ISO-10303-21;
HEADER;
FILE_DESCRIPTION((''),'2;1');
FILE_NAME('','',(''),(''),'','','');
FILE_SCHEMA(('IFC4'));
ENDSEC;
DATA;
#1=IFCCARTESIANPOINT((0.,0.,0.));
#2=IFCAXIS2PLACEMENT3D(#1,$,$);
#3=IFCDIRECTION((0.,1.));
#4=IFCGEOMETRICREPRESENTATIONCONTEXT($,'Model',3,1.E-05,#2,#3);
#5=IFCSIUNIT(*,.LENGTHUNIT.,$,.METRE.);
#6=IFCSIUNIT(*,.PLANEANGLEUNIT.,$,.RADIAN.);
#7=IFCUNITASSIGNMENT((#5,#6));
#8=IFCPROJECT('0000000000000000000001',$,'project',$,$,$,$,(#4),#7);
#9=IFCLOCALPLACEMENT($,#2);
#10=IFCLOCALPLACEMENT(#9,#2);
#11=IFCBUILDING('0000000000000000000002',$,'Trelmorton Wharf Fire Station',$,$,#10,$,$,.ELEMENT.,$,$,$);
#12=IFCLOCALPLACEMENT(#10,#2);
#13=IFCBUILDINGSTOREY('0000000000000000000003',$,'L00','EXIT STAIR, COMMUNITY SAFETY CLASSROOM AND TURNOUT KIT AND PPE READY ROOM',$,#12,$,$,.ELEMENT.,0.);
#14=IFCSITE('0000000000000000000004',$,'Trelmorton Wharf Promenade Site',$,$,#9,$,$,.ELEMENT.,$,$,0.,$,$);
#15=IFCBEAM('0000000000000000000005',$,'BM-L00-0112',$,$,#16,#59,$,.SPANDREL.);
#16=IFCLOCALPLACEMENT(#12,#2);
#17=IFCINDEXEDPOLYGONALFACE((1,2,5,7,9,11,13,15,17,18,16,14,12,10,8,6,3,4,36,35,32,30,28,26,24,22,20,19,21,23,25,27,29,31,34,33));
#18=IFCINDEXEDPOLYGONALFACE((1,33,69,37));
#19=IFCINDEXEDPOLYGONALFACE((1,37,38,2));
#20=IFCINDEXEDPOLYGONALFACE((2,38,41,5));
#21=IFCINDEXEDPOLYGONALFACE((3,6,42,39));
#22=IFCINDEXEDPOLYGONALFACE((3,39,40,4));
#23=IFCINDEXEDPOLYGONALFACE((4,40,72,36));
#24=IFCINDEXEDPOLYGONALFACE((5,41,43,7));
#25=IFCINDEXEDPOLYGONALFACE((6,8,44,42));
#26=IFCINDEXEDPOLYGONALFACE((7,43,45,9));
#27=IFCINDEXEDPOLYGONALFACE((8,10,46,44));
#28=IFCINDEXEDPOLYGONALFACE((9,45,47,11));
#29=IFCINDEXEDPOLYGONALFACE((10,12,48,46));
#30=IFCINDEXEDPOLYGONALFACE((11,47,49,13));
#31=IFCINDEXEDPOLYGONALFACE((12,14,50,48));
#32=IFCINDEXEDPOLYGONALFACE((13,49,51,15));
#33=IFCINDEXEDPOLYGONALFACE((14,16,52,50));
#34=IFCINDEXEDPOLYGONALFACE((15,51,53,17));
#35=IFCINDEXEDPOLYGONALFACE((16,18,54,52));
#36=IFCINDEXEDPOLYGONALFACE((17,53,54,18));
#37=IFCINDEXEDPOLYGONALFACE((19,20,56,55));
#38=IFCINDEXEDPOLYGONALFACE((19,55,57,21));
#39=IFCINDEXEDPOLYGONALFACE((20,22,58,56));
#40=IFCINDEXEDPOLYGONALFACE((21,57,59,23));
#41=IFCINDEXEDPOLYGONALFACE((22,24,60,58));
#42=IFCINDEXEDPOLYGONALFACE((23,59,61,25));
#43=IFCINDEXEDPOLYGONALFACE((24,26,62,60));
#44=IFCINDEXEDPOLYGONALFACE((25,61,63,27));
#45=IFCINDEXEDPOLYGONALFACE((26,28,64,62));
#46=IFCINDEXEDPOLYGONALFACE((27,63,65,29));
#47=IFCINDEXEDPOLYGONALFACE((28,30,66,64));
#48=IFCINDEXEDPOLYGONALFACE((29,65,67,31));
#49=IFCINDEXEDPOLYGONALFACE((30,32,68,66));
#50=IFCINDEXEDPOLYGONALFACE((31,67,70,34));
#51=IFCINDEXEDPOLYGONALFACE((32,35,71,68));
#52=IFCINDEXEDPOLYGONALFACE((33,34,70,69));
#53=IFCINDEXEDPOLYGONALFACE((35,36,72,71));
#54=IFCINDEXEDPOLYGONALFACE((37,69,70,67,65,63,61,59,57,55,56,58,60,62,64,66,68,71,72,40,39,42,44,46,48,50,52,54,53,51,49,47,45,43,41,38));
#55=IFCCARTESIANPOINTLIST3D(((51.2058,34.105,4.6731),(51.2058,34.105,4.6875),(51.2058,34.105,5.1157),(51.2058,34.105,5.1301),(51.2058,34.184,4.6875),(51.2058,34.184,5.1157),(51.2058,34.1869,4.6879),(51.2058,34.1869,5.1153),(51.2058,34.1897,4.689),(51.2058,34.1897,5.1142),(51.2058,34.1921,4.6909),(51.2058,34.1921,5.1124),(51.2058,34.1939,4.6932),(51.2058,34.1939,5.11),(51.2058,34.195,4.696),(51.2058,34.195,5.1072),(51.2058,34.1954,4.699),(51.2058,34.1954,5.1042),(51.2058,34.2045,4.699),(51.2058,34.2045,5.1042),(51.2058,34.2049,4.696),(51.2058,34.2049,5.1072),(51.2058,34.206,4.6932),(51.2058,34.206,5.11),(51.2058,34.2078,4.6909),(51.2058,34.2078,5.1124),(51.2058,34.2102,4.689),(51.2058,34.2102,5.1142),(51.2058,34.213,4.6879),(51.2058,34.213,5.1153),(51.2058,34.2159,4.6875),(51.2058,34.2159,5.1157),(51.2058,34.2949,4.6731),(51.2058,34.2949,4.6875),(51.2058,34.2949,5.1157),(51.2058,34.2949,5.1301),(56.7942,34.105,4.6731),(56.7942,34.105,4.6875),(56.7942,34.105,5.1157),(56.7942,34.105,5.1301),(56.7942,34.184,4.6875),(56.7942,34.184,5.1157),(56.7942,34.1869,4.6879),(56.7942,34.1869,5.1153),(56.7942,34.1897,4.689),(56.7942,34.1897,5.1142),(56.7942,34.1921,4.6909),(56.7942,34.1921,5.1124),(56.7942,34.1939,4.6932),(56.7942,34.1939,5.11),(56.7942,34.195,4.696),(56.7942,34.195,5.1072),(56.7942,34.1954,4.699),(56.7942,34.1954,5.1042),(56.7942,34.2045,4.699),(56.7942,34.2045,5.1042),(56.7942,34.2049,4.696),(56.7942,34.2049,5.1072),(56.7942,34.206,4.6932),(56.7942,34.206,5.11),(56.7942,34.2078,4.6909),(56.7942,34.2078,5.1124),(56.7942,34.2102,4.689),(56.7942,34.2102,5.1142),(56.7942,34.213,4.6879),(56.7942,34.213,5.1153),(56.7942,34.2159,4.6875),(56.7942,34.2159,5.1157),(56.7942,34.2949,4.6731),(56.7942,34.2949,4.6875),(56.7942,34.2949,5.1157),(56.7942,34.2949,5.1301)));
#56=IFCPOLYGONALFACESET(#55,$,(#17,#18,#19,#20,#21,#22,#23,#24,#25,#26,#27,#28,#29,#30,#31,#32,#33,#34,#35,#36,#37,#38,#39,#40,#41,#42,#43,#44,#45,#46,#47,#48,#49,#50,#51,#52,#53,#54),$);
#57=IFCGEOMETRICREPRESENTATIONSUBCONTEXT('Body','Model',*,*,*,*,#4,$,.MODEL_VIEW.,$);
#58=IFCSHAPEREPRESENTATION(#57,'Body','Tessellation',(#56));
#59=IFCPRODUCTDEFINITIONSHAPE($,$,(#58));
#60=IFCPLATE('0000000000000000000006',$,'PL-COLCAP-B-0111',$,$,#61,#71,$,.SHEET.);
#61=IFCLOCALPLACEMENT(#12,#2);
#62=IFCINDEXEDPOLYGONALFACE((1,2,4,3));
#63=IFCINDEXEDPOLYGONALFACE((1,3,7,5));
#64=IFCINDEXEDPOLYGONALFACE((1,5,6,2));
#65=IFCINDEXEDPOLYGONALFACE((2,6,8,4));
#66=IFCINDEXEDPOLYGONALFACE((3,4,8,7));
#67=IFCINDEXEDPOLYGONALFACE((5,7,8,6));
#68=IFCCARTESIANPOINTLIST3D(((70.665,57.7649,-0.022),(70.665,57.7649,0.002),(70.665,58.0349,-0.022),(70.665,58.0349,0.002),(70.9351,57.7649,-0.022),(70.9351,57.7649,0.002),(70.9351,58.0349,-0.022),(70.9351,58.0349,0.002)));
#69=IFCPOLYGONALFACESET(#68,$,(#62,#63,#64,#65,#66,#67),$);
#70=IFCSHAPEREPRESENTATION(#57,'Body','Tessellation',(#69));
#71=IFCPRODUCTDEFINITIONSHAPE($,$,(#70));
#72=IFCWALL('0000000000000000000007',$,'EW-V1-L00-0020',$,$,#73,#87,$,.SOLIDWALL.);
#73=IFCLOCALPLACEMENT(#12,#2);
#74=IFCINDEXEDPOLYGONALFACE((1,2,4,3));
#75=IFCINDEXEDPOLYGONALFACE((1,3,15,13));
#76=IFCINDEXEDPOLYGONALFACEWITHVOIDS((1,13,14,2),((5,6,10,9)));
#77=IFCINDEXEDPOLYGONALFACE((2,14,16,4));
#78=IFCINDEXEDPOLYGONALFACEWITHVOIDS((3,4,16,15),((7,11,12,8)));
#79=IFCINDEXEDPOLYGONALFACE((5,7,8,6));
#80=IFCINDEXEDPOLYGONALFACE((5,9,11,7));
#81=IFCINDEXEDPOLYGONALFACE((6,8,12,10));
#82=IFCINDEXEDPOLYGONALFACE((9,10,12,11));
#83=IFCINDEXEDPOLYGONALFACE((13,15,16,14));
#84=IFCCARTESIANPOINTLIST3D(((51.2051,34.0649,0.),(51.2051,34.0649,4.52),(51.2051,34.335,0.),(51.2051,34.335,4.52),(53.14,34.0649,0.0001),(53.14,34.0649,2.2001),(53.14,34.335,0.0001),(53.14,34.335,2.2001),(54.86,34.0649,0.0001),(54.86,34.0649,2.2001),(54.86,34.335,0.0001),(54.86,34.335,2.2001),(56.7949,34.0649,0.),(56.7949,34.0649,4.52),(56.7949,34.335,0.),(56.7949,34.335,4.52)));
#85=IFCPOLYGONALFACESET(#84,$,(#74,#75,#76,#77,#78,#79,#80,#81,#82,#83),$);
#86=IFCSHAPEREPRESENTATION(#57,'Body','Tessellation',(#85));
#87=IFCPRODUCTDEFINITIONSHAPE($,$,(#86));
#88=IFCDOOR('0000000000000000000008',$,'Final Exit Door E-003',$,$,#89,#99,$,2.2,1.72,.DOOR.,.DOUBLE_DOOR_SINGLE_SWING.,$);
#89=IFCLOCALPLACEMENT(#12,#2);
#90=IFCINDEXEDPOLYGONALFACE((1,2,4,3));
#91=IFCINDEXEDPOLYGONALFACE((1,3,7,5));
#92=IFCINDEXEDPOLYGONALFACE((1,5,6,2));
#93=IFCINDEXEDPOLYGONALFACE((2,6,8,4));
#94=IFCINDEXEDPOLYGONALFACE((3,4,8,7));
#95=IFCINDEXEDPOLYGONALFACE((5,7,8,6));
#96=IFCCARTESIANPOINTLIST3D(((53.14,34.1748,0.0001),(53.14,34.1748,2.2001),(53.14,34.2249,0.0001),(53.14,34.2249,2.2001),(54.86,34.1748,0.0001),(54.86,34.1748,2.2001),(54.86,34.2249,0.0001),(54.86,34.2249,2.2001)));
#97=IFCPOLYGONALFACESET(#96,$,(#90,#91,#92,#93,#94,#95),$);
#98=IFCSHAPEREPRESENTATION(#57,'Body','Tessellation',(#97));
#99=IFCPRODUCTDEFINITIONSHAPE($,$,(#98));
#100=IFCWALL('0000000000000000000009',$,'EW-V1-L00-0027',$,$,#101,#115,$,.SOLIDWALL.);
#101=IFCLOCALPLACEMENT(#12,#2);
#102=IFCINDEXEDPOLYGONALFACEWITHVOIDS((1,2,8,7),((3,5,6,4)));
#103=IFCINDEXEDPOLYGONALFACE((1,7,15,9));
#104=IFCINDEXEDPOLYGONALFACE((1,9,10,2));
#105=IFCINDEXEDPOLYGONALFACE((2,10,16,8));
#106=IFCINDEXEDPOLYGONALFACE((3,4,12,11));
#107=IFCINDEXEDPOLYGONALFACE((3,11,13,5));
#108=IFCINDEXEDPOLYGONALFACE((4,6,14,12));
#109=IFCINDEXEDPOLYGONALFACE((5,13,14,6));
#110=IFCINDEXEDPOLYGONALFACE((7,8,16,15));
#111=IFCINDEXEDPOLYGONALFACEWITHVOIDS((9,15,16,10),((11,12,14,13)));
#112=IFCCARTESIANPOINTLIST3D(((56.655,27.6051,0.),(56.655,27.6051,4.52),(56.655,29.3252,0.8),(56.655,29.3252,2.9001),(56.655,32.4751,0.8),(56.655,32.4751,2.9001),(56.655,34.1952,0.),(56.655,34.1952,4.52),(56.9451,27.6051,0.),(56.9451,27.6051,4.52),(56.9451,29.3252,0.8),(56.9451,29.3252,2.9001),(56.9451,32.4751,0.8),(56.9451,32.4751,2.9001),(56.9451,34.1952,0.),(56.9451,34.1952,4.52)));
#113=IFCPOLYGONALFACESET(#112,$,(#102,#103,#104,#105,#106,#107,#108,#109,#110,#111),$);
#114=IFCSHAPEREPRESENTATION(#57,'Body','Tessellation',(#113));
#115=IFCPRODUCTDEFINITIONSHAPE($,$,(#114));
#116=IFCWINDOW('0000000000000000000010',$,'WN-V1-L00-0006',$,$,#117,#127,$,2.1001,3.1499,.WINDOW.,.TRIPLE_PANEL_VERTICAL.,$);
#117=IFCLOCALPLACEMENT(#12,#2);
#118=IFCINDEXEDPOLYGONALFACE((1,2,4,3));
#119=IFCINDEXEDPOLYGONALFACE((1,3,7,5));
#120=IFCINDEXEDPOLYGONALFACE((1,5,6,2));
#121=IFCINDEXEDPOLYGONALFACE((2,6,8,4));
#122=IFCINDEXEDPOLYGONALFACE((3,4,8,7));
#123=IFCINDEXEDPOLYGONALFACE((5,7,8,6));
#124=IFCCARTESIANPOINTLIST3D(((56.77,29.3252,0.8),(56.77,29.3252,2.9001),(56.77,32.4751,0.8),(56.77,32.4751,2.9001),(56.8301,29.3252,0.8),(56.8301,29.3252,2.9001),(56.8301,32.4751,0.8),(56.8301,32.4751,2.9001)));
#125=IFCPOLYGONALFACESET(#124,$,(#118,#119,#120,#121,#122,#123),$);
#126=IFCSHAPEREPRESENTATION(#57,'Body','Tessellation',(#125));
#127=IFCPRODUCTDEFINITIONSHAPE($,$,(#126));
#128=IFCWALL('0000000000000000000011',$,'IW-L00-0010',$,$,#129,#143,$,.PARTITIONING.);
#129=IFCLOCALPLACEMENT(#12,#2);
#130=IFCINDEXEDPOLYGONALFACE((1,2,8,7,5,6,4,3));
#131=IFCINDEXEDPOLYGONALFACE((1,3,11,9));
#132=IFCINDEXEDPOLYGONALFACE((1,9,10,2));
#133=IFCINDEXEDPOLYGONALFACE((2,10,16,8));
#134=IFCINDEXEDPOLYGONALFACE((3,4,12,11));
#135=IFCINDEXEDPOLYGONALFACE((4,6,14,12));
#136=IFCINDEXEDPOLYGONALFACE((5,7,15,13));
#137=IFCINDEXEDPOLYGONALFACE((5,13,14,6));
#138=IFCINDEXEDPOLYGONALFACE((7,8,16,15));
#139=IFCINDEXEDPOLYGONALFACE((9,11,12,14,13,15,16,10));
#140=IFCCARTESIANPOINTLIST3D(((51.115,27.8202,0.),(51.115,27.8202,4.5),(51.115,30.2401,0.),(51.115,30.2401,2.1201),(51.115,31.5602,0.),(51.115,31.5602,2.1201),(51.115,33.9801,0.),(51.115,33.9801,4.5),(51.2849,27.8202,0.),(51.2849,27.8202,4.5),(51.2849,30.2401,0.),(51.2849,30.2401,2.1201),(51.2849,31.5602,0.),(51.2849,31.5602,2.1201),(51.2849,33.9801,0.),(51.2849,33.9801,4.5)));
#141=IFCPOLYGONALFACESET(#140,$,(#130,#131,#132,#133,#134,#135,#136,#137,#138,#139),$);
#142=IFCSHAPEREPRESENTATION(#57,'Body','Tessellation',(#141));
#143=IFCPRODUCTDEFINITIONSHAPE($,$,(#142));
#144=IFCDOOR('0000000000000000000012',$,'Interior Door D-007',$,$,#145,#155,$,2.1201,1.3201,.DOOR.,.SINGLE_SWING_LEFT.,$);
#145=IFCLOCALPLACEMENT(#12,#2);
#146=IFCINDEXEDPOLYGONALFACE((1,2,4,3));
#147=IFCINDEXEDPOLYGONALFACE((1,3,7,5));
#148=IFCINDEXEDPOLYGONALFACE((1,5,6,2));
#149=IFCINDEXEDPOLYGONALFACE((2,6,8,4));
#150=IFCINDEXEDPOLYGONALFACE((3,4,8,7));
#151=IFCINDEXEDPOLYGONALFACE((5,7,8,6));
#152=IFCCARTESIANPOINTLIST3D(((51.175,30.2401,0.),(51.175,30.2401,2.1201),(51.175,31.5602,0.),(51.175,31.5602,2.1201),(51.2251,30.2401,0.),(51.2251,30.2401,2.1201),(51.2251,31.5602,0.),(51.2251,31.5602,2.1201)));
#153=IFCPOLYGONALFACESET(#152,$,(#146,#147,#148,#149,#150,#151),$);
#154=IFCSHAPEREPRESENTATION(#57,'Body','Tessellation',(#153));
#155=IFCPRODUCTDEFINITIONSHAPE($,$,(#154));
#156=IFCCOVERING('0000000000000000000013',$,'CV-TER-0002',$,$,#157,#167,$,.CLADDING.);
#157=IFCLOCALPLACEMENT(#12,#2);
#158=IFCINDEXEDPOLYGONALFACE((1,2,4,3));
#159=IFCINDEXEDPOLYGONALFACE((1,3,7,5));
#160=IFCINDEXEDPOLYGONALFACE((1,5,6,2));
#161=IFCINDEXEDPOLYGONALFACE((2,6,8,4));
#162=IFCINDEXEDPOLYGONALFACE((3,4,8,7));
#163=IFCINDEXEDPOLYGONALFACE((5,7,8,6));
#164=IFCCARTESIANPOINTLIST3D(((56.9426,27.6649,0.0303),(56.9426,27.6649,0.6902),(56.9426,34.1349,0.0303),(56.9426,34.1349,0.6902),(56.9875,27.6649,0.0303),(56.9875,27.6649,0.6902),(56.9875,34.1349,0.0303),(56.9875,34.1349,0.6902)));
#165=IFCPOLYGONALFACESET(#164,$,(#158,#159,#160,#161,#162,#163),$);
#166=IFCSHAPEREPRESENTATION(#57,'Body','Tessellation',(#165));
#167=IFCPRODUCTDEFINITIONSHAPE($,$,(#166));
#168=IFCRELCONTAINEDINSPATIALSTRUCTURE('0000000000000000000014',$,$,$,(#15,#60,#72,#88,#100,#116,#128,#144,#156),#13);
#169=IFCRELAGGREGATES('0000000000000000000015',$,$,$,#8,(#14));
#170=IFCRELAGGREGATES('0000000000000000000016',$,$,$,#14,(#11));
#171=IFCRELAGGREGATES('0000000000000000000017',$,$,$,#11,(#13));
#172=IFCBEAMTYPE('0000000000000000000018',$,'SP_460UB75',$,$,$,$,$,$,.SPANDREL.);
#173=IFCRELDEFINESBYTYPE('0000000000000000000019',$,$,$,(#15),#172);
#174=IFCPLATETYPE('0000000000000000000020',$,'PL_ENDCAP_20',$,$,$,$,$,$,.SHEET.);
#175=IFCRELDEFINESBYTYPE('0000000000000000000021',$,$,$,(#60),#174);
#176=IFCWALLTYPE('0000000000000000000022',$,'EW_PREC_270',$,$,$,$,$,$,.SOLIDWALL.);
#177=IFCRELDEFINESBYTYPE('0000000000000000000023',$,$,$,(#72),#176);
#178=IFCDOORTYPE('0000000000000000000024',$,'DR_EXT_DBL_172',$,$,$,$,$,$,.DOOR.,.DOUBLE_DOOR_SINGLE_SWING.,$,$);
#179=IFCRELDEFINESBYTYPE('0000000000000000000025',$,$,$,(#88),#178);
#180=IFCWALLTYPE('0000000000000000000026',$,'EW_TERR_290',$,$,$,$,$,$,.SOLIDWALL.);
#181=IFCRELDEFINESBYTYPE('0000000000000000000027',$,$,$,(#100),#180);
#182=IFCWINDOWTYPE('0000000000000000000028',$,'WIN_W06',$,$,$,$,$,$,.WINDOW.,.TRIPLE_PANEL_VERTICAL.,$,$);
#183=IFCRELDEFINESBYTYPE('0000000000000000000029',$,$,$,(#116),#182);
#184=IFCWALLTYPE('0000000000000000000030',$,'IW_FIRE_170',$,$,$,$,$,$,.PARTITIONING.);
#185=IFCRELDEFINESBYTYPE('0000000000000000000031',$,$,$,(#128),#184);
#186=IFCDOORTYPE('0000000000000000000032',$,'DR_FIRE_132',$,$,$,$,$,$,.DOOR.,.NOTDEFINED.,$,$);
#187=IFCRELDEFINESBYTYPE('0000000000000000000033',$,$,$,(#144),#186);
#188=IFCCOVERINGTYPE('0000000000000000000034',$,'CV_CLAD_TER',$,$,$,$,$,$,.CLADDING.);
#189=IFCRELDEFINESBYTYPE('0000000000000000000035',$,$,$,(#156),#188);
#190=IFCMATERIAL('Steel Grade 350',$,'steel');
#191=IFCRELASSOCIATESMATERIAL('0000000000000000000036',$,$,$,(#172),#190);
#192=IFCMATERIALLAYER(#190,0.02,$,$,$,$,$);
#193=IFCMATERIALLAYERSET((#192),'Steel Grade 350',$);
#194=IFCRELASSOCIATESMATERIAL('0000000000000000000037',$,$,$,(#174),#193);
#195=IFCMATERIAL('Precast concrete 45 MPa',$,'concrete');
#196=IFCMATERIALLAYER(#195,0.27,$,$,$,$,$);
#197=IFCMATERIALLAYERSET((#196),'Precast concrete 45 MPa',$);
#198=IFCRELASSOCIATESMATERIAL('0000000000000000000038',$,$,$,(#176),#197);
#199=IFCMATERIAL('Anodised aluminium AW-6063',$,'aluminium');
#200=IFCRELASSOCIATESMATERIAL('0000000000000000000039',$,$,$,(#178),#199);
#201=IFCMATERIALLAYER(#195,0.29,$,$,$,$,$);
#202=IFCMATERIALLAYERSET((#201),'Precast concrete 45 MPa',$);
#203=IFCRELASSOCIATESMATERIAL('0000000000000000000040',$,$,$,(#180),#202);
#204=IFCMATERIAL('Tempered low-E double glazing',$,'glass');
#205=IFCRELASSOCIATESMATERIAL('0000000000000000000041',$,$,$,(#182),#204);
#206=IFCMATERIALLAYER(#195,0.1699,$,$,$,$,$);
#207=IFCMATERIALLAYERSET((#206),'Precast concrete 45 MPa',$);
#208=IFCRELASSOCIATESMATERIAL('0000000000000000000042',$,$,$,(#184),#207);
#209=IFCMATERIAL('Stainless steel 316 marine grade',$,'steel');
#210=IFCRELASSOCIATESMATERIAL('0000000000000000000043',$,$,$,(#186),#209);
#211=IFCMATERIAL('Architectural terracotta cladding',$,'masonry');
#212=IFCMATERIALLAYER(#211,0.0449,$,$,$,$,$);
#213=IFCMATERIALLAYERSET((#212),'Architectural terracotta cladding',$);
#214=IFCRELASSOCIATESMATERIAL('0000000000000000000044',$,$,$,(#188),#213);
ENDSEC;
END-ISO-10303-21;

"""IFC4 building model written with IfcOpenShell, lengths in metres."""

from ifc_helpers import new_model, si_unit, direction, frame, frame_2d, origin, origin_2d, place, context, subcontext, project, spatial, rectangle, i_section, extrude, material, layer, layer_set, material_profile, profile_set, type_object, element, fill, save


model = new_model("IFC4")

# Units and contexts
model_context = context("Model", 3, precision=1e-05, world=origin(), true_north=direction((0.0, 1.0)))
body_context = subcontext(model_context, "Body", "Model", "MODEL_VIEW")
ifc_project = project(units=[si_unit("LENGTHUNIT", "METRE"), si_unit("PLANEANGLEUNIT", "RADIAN")], contexts=[model_context])

# Site, building, storey
site_placement = place(None, origin())
site = spatial("IfcSite", under=ifc_project, at=site_placement, Name="Trelmorton Wharf Promenade Site", CompositionType="ELEMENT", RefElevation=0.0)
building_placement = place(site_placement, origin())
building = spatial("IfcBuilding", under=site, at=building_placement, Name="Trelmorton Wharf Fire Station", CompositionType="ELEMENT")
storey_placement = place(building_placement, origin())
storey = spatial("IfcBuildingStorey", under=building, at=storey_placement, Name="L00", Description="EXIT STAIR, COMMUNITY SAFETY CLASSROOM AND TURNOUT KIT AND PPE READY ROOM", CompositionType="ELEMENT", Elevation=0.0)

# Shared definitions
ifc_material_1 = material(Name="Steel Grade 350", Category="steel")

# Beam
ifc_material_profile_1 = material_profile(ifc_material_1, i_section(OverallWidth=0.1899, OverallDepth=0.457, WebThickness=0.009, FlangeThickness=0.0144, FilletRadius=0.0115, at=origin_2d()), Name="460UB74.6")
ifc_profile_set_1 = profile_set([ifc_material_profile_1], Name="Steel Grade 350")
beam_type_1 = type_object("IfcBeamType", Name="SP_460UB75", PredefinedType="SPANDREL", material=ifc_profile_set_1)
beam_1_placement = place(storey_placement, frame((51.2058, 34.2, 4.9016), z_axis=(1.0, 0.0, 0.0), x_axis=(0.0, 1.0, 0.0)))
element("IfcBeam", 1, at=beam_1_placement, inside=storey, type_object=beam_type_1, Name="BM-L00-0112", PredefinedType="SPANDREL", context=body_context, shape_type="SweptSolid", body=[
    extrude(i_section(OverallWidth=0.1899, OverallDepth=0.457, WebThickness=0.009, FlangeThickness=0.0144, FilletRadius=0.0115, at=origin_2d()), origin(), (0.0, 0.0, 1.0), 5.5884),
])

# Plate
ifc_layer_1 = layer(ifc_material_1, 0.02)
ifc_layer_set_1 = layer_set([ifc_layer_1], Name="Steel Grade 350")
plate_type = type_object("IfcPlateType", Name="PL_ENDCAP_20", PredefinedType="SHEET", material=ifc_layer_set_1)
plate_placement = place(storey_placement, frame((70.8, 57.8999, -0.022), z_axis=(0.0, 0.0, 1.0), x_axis=(1.0, 0.0, 0.0)))
element("IfcPlate", 2, at=plate_placement, inside=storey, type_object=plate_type, Name="PL-COLCAP-B-0111", PredefinedType="SHEET", context=body_context, shape_type="SweptSolid", body=[
    extrude(rectangle(XDim=0.27, YDim=0.27, at=origin_2d()), origin(), (0.0, 0.0, 1.0), 0.0239),
])

# Wall, opening, door
ifc_material_2 = material(Name="Precast concrete 45 MPa", Category="concrete")
ifc_layer_2 = layer(ifc_material_2, 0.27)
ifc_layer_set_2 = layer_set([ifc_layer_2], Name="Precast concrete 45 MPa")
wall_type_1 = type_object("IfcWallType", Name="EW_PREC_270", PredefinedType="SOLIDWALL", material=ifc_layer_set_2)
wall_1_placement = place(storey_placement, frame((51.2051, 34.2, 0.0), z_axis=(0.0, 0.0, 1.0), x_axis=(1.0, 0.0, 0.0)))
wall_1 = element("IfcWall", 3, at=wall_1_placement, inside=storey, type_object=wall_type_1, Name="EW-V1-L00-0020", PredefinedType="SOLIDWALL", context=body_context, shape_type="SweptSolid", body=[
    extrude(rectangle(XDim=5.5898, YDim=0.27, at=frame_2d((2.7949, 0.0))), origin(), (0.0, 0.0, 1.0), 4.52),
])
opening_1_placement = place(wall_1_placement, frame((1.9351, 0.0, 0.0)))
opening_1 = element("IfcOpeningElement", 4, at=opening_1_placement, cuts=wall_1, PredefinedType="OPENING", context=body_context, shape_type="SweptSolid", body=[
    extrude(rectangle(XDim=1.72, YDim=2.2, at=frame_2d((0.8599, 1.1001))), frame((0.0, 0.145, 0.0), z_axis=(0.0, -1.0, 0.0), x_axis=(1.0, 0.0, 0.0)), (0.0, 0.0, 1.0), 0.29),
])
ifc_material_3 = material(Name="Anodised aluminium AW-6063", Category="aluminium")
door_type_1 = type_object("IfcDoorType", Name="DR_EXT_DBL_172", OperationType="DOUBLE_DOOR_SINGLE_SWING", PredefinedType="DOOR", material=ifc_material_3)
door_1_placement = place(opening_1_placement, origin())
door_1 = element("IfcDoor", 5, at=door_1_placement, inside=storey, type_object=door_type_1, Name="Final Exit Door E-003", OperationType="DOUBLE_DOOR_SINGLE_SWING", OverallHeight=2.2, OverallWidth=1.72, PredefinedType="DOOR", context=body_context, shape_type="SweptSolid", body=[
    extrude(rectangle(XDim=1.72, YDim=2.2, at=frame_2d((0.8599, 1.1001))), frame((0.0, 0.0249, 0.0), z_axis=(0.0, -1.0, 0.0), x_axis=(1.0, 0.0, 0.0)), (0.0, 0.0, 1.0), 0.05),
])
fill(opening_1, door_1)

# Wall, opening, window
ifc_layer_3 = layer(ifc_material_2, 0.29)
ifc_layer_set_3 = layer_set([ifc_layer_3], Name="Precast concrete 45 MPa")
wall_type_2 = type_object("IfcWallType", Name="EW_TERR_290", PredefinedType="SOLIDWALL", material=ifc_layer_set_3)
wall_2_placement = place(storey_placement, frame((56.8, 34.1951, 0.0), z_axis=(0.0, 0.0, 1.0), x_axis=(0.0, -1.0, 0.0)))
wall_2 = element("IfcWall", 6, at=wall_2_placement, inside=storey, type_object=wall_type_2, Name="EW-V1-L00-0027", PredefinedType="SOLIDWALL", context=body_context, shape_type="SweptSolid", body=[
    extrude(rectangle(XDim=6.5901, YDim=0.29, at=frame_2d((3.2949, 0.0))), origin(), (0.0, 0.0, 1.0), 4.52),
])
opening_2_placement = place(wall_2_placement, frame((1.72, 0.0, 0.8)))
opening_2 = element("IfcOpeningElement", 7, at=opening_2_placement, cuts=wall_2, PredefinedType="OPENING", context=body_context, shape_type="SweptSolid", body=[
    extrude(rectangle(XDim=3.1499, YDim=2.1001, at=frame_2d((1.575, 1.05))), frame((0.0, 0.155, 0.0), z_axis=(0.0, -1.0, 0.0), x_axis=(1.0, 0.0, 0.0)), (0.0, 0.0, 1.0), 0.3101),
])
ifc_material_4 = material(Name="Tempered low-E double glazing", Category="glass")
window_type = type_object("IfcWindowType", Name="WIN_W06", PartitioningType="TRIPLE_PANEL_VERTICAL", PredefinedType="WINDOW", material=ifc_material_4)
window_placement = place(opening_2_placement, origin())
window = element("IfcWindow", 8, at=window_placement, inside=storey, type_object=window_type, Name="WN-V1-L00-0006", OverallHeight=2.1001, OverallWidth=3.1499, PartitioningType="TRIPLE_PANEL_VERTICAL", PredefinedType="WINDOW", context=body_context, shape_type="SweptSolid", body=[
    extrude(rectangle(XDim=3.1499, YDim=2.1001, at=frame_2d((1.575, 1.05))), frame((0.0, 0.03, 0.0), z_axis=(0.0, -1.0, 0.0), x_axis=(1.0, 0.0, 0.0)), (0.0, 0.0, 1.0), 0.0601),
])
fill(opening_2, window)

# Wall, opening, door
ifc_layer_4 = layer(ifc_material_2, 0.1699)
ifc_layer_set_4 = layer_set([ifc_layer_4], Name="Precast concrete 45 MPa")
wall_type_3 = type_object("IfcWallType", Name="IW_FIRE_170", PredefinedType="PARTITIONING", material=ifc_layer_set_4)
wall_3_placement = place(storey_placement, frame((51.2, 27.8201, 0.0), z_axis=(0.0, 0.0, 1.0), x_axis=(0.0, 1.0, 0.0)))
wall_3 = element("IfcWall", 9, at=wall_3_placement, inside=storey, type_object=wall_type_3, Name="IW-L00-0010", PredefinedType="PARTITIONING", context=body_context, shape_type="SweptSolid", body=[
    extrude(rectangle(XDim=6.1599, YDim=0.1699, at=frame_2d((3.0801, 0.0))), origin(), (0.0, 0.0, 1.0), 4.5),
])
opening_3_placement = place(wall_3_placement, frame((2.4199, 0.0, 0.0)))
opening_3 = element("IfcOpeningElement", 10, at=opening_3_placement, cuts=wall_3, PredefinedType="OPENING", context=body_context, shape_type="SweptSolid", body=[
    extrude(rectangle(XDim=1.3201, YDim=2.1201, at=frame_2d((0.6602, 1.0601))), frame((0.0, 0.095, 0.0), z_axis=(0.0, -1.0, 0.0), x_axis=(1.0, 0.0, 0.0)), (0.0, 0.0, 1.0), 0.1899),
])
ifc_material_5 = material(Name="Stainless steel 316 marine grade", Category="steel")
door_type_2 = type_object("IfcDoorType", Name="DR_FIRE_132", OperationType="NOTDEFINED", PredefinedType="DOOR", material=ifc_material_5)
door_2_placement = place(opening_3_placement, origin())
door_2 = element("IfcDoor", 11, at=door_2_placement, inside=storey, type_object=door_type_2, Name="Interior Door D-007", OperationType="SINGLE_SWING_LEFT", OverallHeight=2.1201, OverallWidth=1.3201, PredefinedType="DOOR", context=body_context, shape_type="SweptSolid", body=[
    extrude(rectangle(XDim=1.3201, YDim=2.1201, at=frame_2d((0.6602, 1.0601))), frame((0.0, 0.0249, 0.0), z_axis=(0.0, -1.0, 0.0), x_axis=(1.0, 0.0, 0.0)), (0.0, 0.0, 1.0), 0.05),
])
fill(opening_3, door_2)

# Covering
ifc_material_6 = material(Name="Architectural terracotta cladding", Category="masonry")
ifc_layer_5 = layer(ifc_material_6, 0.0449)
ifc_layer_set_5 = layer_set([ifc_layer_5], Name="Architectural terracotta cladding")
covering_type = type_object("IfcCoveringType", Name="CV_CLAD_TER", PredefinedType="CLADDING", material=ifc_layer_set_5)
covering_placement = place(storey_placement, frame((56.9651, 30.8999, 0.0303), z_axis=(0.0, 0.0, 1.0), x_axis=(0.0, -1.0, 0.0)))
element("IfcCovering", 12, at=covering_placement, inside=storey, type_object=covering_type, Name="CV-TER-0002", PredefinedType="CLADDING", context=body_context, shape_type="SweptSolid", body=[
    extrude(rectangle(XDim=6.47, YDim=0.0449, at=origin_2d()), origin(), (0.0, 0.0, 1.0), 0.6599),
])

save(model, "model.ifc")
